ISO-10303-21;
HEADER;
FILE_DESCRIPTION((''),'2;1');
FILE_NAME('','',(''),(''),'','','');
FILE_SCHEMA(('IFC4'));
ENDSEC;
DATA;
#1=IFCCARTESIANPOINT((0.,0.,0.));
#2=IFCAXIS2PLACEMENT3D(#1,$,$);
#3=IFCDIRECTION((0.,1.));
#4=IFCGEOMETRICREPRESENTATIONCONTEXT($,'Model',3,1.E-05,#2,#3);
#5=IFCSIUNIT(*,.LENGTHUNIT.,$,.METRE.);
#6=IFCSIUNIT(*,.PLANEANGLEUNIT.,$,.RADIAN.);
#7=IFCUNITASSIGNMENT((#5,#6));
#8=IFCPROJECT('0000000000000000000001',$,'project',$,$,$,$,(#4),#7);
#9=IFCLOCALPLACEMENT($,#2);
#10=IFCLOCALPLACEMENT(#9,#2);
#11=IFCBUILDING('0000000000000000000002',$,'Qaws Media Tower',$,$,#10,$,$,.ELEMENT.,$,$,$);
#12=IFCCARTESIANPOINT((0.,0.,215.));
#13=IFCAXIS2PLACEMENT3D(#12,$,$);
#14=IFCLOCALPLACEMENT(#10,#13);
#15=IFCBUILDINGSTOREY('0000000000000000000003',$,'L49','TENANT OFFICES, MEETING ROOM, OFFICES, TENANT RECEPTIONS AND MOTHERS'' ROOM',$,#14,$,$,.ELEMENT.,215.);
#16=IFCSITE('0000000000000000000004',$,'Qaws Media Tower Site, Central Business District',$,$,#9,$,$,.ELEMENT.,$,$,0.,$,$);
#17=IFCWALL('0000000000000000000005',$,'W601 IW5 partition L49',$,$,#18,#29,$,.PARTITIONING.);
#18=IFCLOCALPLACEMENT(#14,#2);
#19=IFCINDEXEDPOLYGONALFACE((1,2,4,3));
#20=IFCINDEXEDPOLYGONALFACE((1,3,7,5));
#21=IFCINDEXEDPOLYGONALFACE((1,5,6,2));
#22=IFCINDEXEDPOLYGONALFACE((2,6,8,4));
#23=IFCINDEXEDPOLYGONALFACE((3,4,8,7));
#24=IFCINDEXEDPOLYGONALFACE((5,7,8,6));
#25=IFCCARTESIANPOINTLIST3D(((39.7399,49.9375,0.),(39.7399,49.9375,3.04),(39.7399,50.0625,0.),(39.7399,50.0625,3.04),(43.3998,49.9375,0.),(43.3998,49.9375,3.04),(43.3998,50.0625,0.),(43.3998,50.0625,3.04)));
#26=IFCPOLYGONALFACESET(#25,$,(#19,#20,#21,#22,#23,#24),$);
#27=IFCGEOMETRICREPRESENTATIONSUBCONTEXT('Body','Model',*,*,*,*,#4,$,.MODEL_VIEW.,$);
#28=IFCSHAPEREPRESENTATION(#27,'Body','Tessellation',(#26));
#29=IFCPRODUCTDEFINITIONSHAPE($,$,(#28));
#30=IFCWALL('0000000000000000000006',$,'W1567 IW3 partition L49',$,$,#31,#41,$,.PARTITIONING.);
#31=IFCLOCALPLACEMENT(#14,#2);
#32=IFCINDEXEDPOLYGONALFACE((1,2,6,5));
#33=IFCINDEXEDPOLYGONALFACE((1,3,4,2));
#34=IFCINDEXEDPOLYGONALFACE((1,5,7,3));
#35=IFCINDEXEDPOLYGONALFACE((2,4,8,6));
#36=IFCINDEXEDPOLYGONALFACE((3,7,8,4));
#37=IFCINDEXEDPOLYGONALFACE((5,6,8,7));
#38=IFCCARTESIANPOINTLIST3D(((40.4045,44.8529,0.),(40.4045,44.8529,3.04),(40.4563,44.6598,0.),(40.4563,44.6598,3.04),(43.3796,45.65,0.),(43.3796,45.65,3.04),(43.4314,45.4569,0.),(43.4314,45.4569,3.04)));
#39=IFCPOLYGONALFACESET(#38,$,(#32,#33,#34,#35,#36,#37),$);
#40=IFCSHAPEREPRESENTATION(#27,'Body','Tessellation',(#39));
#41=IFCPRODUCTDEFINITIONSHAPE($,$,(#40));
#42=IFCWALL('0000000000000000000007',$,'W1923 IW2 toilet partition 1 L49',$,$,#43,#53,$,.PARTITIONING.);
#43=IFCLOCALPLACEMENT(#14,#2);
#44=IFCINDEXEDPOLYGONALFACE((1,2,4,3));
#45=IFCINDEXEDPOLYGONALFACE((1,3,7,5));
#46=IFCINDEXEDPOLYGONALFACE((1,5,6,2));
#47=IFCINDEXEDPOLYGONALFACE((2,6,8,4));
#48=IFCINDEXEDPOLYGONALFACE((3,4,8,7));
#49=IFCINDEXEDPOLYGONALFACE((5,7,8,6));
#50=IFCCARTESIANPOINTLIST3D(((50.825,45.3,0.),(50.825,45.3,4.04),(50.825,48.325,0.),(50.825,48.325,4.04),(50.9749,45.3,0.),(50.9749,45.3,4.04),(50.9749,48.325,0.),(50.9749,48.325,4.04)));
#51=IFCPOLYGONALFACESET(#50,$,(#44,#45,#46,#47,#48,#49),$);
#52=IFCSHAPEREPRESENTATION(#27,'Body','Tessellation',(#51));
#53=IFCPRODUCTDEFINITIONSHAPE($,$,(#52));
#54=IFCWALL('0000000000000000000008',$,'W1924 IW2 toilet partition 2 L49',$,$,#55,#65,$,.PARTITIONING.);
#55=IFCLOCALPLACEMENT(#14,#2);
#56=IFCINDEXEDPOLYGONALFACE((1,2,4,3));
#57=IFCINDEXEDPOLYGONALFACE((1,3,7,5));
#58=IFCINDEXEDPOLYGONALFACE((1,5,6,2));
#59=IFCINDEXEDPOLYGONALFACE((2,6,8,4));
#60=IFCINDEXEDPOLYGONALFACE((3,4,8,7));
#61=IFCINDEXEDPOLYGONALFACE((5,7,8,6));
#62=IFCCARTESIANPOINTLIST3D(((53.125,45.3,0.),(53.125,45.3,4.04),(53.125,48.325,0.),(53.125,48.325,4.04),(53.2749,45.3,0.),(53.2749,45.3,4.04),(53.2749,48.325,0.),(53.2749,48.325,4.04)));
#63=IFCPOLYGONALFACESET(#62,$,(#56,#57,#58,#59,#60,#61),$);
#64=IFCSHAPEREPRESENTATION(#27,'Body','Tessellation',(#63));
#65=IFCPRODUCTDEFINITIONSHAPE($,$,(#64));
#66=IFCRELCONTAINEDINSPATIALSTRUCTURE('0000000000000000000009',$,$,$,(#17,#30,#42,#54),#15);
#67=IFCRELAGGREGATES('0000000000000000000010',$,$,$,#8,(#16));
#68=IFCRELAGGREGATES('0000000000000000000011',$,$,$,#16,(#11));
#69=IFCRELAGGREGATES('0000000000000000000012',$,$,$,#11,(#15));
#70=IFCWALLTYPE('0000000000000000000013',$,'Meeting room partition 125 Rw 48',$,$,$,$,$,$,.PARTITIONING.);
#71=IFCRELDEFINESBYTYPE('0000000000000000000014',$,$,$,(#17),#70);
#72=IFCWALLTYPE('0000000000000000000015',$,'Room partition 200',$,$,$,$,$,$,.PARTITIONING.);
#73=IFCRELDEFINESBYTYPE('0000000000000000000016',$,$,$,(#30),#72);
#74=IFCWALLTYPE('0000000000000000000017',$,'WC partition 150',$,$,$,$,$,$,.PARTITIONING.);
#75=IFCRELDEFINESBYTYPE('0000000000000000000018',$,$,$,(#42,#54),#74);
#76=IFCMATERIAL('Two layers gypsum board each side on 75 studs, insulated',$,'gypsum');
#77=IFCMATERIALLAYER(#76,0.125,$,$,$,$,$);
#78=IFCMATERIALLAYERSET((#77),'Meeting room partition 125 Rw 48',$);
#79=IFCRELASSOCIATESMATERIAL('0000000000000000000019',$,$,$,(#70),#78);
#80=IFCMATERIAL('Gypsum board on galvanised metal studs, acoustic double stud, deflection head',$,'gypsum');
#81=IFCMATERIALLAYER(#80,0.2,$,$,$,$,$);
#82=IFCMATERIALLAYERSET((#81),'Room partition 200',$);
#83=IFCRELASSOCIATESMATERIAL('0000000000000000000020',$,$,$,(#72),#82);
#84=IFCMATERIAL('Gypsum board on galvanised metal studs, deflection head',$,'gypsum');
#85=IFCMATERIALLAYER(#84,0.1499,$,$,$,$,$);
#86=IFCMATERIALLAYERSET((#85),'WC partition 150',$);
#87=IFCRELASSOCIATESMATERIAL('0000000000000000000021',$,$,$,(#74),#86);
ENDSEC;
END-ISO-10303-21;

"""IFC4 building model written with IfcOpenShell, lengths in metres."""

from ifc_helpers import new_model, si_unit, direction, frame, frame_2d, origin, place, context, subcontext, project, spatial, rectangle, extrude, material, layer, layer_set, type_object, element, save


model = new_model("IFC4")

# Units and contexts
model_context = context("Model", 3, precision=1e-05, world=origin(), true_north=direction((0.0, 1.0)))
body_context = subcontext(model_context, "Body", "Model", "MODEL_VIEW")
ifc_project = project(units=[si_unit("LENGTHUNIT", "METRE"), si_unit("PLANEANGLEUNIT", "RADIAN")], contexts=[model_context])

# Site, building, storey
site_placement = place(None, origin())
site = spatial("IfcSite", under=ifc_project, at=site_placement, Name="Qaws Media Tower Site, Central Business District", CompositionType="ELEMENT", RefElevation=0.0)
building_placement = place(site_placement, origin())
building = spatial("IfcBuilding", under=site, at=building_placement, Name="Qaws Media Tower", CompositionType="ELEMENT")
storey_placement = place(building_placement, frame((0.0, 0.0, 215.0)))
storey = spatial("IfcBuildingStorey", under=building, at=storey_placement, Name="L49", Description="TENANT OFFICES, MEETING ROOM, OFFICES, TENANT RECEPTIONS AND MOTHERS' ROOM", CompositionType="ELEMENT", Elevation=215.0)

# Walls
ifc_material_1 = material(Name="Two layers gypsum board each side on 75 studs, insulated", Category="gypsum")
ifc_layer_1 = layer(ifc_material_1, 0.125)
ifc_layer_set_1 = layer_set([ifc_layer_1], Name="Meeting room partition 125 Rw 48")
wall_type_1 = type_object("IfcWallType", Name="Meeting room partition 125 Rw 48", PredefinedType="PARTITIONING", material=ifc_layer_set_1)
wall_1_placement = place(storey_placement, frame((43.3999, 50.0, 0.0), z_axis=(0.0, 0.0, 1.0), x_axis=(-1.0, 0.0, 0.0)))
element("IfcWall", 1, at=wall_1_placement, inside=storey, type_object=wall_type_1, Name="W601 IW5 partition L49", PredefinedType="PARTITIONING", context=body_context, shape_type="SweptSolid", body=[
    extrude(rectangle(XDim=3.6599, YDim=0.125, at=frame_2d((1.8301, 0.0))), origin(), (0.0, 0.0, 1.0), 3.04),
])
ifc_material_2 = material(Name="Gypsum board on galvanised metal studs, acoustic double stud, deflection head", Category="gypsum")
ifc_layer_2 = layer(ifc_material_2, 0.2)
ifc_layer_set_2 = layer_set([ifc_layer_2], Name="Room partition 200")
wall_type_2 = type_object("IfcWallType", Name="Room partition 200", PredefinedType="PARTITIONING", material=ifc_layer_set_2)
wall_2_placement = place(storey_placement, frame((43.4055, 45.5535, 0.0), z_axis=(0.0, 0.0, 1.0), x_axis=(-0.96593, -0.258802, 0.0)))
element("IfcWall", 2, at=wall_2_placement, inside=storey, type_object=wall_type_2, Name="W1567 IW3 partition L49", PredefinedType="PARTITIONING", context=body_context, shape_type="SweptSolid", body=[
    extrude(rectangle(XDim=3.0801, YDim=0.2, at=frame_2d((1.54, 0.0))), origin(), (0.0, 0.0, 1.0), 3.04),
])
ifc_material_3 = material(Name="Gypsum board on galvanised metal studs, deflection head", Category="gypsum")
ifc_layer_3 = layer(ifc_material_3, 0.1499)
ifc_layer_set_3 = layer_set([ifc_layer_3], Name="WC partition 150")
wall_type_3 = type_object("IfcWallType", Name="WC partition 150", PredefinedType="PARTITIONING", material=ifc_layer_set_3)
for number, where, z_axis, x_axis, name in (
    (3, (50.8999, 45.3, 0.0), (0.0, 0.0, 1.0), (0.0, 1.0, 0.0), "W1923 IW2 toilet partition 1 L49"),
    (4, (53.2, 45.3, 0.0), (0.0, 0.0, 1.0), (0.0, 1.0, 0.0), "W1924 IW2 toilet partition 2 L49"),
):
    element("IfcWall", number, at=place(storey_placement, frame(where, z_axis=z_axis, x_axis=x_axis)), inside=storey, type_object=wall_type_3, Name=name, PredefinedType="PARTITIONING", context=body_context, shape_type="SweptSolid", body=[
        extrude(rectangle(XDim=3.0249, YDim=0.1499, at=frame_2d((1.5125, 0.0))), origin(), (0.0, 0.0, 1.0), 4.04),
    ])

save(model, "model.ifc")
